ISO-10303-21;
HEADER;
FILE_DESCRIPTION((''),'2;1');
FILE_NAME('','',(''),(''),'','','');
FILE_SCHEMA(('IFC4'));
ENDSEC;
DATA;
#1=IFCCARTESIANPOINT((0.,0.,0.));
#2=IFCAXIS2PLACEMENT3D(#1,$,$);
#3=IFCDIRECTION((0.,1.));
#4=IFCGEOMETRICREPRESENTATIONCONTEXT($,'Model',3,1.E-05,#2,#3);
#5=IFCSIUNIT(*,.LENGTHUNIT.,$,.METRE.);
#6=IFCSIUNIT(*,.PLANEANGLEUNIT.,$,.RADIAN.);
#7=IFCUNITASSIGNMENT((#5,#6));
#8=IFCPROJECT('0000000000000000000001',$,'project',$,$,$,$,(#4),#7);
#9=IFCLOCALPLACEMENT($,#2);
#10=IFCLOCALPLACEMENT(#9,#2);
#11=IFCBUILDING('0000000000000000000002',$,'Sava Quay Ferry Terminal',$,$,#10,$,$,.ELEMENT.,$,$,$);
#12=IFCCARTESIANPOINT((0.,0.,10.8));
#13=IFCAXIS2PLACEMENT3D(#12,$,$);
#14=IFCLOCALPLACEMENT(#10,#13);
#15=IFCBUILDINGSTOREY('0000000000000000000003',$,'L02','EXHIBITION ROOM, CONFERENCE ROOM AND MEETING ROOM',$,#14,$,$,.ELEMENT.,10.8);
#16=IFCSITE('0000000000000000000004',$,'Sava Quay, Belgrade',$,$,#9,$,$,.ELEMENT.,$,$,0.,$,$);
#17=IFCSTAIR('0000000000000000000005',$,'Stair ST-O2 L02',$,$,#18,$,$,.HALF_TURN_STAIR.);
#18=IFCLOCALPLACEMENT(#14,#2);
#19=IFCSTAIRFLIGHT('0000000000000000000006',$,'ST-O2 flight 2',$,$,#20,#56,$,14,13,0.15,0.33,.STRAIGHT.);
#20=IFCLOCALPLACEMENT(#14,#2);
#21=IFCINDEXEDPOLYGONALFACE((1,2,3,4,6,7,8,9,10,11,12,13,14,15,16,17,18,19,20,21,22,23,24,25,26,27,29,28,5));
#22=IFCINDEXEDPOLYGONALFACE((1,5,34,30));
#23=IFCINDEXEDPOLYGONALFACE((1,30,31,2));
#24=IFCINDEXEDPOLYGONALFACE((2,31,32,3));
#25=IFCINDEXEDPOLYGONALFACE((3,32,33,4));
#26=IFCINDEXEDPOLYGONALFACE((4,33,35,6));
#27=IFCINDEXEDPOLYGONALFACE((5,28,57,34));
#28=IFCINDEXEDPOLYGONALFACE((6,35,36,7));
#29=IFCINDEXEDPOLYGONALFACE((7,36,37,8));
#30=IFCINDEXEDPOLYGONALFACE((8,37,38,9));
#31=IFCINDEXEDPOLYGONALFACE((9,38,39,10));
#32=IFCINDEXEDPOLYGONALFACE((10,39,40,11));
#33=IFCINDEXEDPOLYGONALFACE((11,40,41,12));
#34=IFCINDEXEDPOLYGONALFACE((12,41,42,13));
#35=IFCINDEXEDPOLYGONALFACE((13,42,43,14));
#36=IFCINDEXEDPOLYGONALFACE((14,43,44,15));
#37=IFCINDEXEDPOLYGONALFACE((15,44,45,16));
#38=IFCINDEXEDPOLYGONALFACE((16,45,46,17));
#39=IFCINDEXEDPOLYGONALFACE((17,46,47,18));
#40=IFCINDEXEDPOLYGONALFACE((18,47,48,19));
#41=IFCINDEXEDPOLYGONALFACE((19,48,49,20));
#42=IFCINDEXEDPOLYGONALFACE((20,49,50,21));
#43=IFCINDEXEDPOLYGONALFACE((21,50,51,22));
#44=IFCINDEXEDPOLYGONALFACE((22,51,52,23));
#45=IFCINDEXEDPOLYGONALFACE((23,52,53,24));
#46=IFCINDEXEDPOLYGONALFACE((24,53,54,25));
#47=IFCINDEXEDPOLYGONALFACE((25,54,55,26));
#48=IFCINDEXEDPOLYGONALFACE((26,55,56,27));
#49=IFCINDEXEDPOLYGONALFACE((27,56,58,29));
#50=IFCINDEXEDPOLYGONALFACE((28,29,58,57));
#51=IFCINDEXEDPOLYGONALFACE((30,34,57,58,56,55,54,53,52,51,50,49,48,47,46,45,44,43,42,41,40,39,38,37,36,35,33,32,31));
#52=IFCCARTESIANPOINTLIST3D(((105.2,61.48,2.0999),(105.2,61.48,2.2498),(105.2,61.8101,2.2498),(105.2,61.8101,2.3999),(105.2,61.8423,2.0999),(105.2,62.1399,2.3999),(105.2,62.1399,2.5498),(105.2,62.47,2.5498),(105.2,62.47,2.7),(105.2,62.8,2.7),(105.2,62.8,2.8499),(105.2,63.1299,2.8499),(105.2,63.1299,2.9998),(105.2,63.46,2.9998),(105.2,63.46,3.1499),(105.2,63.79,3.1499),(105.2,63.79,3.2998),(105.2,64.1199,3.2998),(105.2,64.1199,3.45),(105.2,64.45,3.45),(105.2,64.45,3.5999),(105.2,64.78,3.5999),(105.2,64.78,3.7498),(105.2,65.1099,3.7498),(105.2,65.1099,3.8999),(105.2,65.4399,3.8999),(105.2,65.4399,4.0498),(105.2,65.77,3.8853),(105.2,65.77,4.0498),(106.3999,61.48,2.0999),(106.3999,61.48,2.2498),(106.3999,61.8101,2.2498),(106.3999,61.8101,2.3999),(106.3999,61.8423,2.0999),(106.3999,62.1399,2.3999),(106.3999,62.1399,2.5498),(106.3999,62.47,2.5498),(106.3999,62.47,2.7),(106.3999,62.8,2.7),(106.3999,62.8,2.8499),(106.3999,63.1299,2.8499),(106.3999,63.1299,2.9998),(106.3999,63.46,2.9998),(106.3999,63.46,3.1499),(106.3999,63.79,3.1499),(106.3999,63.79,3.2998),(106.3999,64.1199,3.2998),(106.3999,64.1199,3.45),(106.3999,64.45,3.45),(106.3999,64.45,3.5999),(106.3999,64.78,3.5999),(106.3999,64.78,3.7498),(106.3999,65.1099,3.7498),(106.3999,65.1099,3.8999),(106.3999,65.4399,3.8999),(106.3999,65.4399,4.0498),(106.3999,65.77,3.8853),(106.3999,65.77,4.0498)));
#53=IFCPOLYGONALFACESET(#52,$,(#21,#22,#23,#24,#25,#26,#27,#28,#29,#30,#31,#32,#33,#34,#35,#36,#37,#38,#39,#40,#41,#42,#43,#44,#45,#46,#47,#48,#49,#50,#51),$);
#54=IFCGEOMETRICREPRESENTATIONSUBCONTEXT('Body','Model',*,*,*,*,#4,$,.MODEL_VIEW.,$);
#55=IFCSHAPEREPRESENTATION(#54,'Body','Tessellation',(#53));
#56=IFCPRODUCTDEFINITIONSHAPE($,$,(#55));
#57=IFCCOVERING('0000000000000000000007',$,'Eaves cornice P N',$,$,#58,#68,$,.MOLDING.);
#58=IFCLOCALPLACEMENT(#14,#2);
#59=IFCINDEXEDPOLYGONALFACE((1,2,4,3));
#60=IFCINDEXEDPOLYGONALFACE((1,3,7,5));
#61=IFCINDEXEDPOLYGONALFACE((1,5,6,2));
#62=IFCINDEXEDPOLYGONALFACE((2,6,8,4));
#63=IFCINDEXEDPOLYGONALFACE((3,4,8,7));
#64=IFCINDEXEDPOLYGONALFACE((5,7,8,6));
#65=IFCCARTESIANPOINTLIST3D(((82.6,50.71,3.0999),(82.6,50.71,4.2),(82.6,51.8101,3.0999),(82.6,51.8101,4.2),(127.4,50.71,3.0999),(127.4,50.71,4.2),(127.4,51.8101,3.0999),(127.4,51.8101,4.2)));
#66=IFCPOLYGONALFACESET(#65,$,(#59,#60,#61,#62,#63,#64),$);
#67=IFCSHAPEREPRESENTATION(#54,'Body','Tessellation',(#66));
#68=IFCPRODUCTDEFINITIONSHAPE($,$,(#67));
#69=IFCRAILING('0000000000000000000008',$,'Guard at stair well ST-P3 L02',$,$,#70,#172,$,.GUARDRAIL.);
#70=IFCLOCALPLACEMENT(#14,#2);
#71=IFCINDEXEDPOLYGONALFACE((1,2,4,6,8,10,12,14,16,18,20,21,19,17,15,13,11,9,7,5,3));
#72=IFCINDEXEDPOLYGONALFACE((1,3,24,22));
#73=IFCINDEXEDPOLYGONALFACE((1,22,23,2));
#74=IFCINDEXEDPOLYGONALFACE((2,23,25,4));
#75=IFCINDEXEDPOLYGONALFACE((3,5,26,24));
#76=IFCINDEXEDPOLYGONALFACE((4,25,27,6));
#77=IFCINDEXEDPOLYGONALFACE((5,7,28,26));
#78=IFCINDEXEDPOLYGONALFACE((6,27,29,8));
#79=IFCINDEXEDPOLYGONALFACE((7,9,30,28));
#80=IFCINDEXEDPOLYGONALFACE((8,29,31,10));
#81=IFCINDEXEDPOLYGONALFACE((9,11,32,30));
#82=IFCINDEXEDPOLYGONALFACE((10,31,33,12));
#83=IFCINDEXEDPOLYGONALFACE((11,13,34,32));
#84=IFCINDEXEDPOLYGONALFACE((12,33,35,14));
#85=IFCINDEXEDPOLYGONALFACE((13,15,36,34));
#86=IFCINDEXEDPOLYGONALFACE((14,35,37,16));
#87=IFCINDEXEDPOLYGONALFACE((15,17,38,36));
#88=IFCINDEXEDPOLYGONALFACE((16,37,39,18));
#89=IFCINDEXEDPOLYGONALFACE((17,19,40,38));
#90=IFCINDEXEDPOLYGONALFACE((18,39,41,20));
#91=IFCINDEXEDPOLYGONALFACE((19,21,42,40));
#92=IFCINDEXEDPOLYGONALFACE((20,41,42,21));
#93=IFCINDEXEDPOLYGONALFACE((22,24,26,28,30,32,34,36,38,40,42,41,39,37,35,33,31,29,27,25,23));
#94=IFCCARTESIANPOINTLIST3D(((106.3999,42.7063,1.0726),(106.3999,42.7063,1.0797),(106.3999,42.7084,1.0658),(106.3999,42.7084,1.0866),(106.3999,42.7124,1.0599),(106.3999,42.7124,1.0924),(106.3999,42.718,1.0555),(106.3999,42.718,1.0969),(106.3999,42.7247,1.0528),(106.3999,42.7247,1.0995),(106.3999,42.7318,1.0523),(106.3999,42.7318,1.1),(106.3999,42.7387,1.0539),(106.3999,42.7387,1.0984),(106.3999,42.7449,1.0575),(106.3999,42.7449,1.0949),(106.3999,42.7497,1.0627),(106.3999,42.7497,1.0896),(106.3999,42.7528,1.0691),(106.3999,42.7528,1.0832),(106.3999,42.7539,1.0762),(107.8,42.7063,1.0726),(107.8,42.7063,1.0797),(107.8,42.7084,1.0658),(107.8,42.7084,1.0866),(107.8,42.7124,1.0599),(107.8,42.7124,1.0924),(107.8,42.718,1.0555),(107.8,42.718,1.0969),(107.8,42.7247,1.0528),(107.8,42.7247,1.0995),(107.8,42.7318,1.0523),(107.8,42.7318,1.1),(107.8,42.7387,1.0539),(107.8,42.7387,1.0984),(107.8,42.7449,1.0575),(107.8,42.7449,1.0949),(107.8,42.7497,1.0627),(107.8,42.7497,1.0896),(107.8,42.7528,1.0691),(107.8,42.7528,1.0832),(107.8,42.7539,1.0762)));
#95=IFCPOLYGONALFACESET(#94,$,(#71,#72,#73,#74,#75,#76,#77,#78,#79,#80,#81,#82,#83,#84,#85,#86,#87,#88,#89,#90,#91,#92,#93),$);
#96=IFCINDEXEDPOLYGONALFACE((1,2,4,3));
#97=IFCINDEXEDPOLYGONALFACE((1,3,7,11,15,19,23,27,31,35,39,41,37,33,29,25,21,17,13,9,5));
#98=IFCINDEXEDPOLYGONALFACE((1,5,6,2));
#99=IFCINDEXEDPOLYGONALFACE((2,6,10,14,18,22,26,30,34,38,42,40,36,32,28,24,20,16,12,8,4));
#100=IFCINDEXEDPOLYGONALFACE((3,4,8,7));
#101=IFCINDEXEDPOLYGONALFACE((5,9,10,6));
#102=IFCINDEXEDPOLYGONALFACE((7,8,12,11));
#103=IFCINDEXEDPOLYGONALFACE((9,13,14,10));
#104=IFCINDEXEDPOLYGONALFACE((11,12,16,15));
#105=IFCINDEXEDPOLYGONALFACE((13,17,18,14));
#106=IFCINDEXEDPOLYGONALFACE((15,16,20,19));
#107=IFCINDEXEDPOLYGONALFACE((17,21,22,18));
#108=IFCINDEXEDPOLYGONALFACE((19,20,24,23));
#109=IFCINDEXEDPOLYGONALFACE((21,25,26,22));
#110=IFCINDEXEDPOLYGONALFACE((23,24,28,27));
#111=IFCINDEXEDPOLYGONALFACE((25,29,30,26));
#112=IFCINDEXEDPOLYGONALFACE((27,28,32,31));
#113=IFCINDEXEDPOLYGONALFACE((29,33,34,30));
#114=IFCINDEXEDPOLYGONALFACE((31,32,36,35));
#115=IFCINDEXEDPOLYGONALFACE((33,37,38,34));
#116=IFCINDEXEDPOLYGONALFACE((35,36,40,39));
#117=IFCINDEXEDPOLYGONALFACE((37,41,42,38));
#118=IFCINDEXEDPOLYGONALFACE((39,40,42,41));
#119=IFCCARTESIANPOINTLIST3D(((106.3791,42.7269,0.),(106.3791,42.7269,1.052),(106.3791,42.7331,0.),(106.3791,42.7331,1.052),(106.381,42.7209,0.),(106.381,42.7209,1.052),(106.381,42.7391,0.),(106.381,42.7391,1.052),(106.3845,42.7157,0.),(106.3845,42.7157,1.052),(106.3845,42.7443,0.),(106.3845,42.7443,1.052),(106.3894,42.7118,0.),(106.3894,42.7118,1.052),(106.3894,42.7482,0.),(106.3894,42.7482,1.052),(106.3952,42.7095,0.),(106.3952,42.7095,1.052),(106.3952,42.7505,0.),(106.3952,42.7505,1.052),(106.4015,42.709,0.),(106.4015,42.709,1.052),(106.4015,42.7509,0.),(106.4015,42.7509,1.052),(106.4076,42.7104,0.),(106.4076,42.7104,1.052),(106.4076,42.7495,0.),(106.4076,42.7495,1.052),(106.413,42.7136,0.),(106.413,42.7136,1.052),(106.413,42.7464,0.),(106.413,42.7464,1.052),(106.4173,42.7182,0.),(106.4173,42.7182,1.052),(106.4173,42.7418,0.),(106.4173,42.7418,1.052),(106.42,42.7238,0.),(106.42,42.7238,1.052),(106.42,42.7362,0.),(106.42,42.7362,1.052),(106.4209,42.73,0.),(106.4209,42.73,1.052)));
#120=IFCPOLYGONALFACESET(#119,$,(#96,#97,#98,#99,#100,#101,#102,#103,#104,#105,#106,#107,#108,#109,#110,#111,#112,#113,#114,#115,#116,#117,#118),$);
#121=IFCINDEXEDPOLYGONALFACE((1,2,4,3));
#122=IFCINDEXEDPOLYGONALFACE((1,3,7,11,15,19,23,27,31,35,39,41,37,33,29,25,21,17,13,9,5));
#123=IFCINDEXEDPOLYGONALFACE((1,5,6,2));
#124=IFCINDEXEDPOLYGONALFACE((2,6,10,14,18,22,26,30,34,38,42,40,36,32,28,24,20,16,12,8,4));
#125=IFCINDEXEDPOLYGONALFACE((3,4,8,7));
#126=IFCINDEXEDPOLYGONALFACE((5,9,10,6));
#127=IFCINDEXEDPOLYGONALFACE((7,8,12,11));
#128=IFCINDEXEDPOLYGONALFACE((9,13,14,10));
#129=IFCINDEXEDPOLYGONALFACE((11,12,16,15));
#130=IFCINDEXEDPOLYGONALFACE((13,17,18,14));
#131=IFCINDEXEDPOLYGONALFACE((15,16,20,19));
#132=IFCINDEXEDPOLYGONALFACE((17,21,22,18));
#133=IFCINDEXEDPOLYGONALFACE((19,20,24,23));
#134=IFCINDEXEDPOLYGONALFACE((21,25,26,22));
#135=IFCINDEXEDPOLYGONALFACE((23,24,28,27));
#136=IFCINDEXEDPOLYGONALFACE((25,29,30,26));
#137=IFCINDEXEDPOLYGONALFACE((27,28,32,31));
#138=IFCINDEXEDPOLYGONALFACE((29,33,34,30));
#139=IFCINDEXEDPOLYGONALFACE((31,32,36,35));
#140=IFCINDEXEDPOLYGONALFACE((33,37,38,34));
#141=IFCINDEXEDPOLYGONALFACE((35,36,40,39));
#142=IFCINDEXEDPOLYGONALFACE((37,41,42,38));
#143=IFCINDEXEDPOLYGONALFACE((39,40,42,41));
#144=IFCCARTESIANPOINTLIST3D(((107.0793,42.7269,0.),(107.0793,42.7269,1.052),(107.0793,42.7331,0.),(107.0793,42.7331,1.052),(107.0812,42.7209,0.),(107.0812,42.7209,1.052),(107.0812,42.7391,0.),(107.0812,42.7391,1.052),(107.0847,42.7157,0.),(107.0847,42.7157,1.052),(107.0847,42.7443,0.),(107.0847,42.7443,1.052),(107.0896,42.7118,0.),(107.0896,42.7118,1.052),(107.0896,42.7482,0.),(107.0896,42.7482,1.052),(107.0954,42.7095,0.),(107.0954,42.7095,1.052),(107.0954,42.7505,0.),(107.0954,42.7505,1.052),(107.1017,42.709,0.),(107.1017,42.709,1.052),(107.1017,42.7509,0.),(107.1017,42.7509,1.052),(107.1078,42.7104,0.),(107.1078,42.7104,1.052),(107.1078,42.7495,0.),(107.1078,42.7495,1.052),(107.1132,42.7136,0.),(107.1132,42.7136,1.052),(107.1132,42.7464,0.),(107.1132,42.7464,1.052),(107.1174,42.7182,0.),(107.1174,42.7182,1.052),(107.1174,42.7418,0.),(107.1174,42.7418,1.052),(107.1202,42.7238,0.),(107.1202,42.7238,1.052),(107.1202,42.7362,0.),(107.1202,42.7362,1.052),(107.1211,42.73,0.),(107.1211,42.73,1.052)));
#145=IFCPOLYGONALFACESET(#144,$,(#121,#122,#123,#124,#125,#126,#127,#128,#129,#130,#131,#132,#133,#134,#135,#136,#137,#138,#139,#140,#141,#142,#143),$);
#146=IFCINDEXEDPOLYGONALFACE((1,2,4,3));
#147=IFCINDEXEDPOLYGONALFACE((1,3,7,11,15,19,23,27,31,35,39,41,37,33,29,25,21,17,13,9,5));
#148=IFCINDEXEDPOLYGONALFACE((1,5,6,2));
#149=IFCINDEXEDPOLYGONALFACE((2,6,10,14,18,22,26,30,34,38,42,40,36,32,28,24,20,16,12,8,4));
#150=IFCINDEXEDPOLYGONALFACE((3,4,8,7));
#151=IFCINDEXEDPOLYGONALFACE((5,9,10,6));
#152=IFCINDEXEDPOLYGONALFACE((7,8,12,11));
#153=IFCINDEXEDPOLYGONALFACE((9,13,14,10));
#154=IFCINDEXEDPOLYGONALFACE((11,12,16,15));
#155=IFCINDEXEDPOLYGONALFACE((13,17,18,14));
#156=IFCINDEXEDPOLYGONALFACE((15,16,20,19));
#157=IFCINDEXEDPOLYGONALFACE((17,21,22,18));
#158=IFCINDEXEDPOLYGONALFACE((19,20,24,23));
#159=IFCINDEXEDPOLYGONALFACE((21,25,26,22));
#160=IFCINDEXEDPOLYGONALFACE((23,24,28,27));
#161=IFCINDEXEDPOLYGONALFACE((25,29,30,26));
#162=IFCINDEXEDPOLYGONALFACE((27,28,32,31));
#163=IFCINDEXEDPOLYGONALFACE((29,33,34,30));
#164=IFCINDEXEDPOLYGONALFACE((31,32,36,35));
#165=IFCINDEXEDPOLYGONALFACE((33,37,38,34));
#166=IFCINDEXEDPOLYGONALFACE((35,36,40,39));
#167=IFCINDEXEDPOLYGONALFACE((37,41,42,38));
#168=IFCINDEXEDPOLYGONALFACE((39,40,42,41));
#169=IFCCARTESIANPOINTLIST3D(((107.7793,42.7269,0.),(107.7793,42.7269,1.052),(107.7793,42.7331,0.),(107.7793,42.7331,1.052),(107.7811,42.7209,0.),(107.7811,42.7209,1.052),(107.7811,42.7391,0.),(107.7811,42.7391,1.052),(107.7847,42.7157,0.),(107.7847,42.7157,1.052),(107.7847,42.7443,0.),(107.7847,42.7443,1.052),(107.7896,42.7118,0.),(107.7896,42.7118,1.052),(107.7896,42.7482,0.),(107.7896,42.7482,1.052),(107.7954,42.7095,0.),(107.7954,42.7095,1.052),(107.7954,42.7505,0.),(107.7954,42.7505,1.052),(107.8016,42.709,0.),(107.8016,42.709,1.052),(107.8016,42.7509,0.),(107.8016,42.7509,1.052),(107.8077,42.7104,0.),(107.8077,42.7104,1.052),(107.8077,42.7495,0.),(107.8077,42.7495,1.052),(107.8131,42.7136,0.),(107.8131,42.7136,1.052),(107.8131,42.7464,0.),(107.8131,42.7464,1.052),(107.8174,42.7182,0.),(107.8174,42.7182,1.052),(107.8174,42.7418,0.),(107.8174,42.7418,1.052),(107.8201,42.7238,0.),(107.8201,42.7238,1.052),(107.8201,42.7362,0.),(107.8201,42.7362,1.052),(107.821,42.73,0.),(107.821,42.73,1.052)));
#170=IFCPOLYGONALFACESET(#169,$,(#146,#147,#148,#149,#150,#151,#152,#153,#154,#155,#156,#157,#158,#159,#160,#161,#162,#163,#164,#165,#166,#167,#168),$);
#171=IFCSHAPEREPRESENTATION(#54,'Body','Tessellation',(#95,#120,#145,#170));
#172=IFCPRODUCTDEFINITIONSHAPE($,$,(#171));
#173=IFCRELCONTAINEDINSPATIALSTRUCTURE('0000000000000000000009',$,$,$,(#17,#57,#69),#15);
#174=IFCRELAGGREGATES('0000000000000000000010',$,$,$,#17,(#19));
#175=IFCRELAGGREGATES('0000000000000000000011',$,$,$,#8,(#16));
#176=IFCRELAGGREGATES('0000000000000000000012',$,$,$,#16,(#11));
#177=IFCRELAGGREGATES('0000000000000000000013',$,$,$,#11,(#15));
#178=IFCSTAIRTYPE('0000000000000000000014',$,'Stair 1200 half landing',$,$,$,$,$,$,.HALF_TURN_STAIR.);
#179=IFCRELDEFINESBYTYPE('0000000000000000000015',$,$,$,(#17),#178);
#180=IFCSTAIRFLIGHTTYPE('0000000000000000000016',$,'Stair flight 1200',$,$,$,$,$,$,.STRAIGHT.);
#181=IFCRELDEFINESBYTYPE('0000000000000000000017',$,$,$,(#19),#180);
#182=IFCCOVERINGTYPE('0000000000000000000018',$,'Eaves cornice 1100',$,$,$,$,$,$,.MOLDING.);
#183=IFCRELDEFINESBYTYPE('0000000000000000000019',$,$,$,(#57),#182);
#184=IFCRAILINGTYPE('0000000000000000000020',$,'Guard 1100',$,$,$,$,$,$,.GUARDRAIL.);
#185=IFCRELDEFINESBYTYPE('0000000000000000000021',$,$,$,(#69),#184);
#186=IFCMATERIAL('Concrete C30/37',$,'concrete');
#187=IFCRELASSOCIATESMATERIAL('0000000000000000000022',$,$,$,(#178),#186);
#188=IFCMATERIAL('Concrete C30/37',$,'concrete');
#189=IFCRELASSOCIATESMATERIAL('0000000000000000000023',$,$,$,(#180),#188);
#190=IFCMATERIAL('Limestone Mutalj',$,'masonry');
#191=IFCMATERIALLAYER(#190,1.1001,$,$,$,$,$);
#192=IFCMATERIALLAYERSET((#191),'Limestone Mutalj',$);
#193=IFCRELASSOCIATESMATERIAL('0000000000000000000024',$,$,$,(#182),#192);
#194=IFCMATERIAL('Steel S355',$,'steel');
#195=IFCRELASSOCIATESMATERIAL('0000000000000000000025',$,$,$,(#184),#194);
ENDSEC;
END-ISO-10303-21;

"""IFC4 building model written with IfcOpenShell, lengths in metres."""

from ifc_helpers import new_model, si_unit, direction, frame, origin, origin_2d, place, context, subcontext, project, spatial, polyline, rectangle, circle, outline, extrude, material, layer, layer_set, type_object, element, aggregate, save


model = new_model("IFC4")

# Units and contexts
model_context = context("Model", 3, precision=1e-05, world=origin(), true_north=direction((0.0, 1.0)))
body_context = subcontext(model_context, "Body", "Model", "MODEL_VIEW")
ifc_project = project(units=[si_unit("LENGTHUNIT", "METRE"), si_unit("PLANEANGLEUNIT", "RADIAN")], contexts=[model_context])

# Site, building, storey
site_placement = place(None, origin())
site = spatial("IfcSite", under=ifc_project, at=site_placement, Name="Sava Quay, Belgrade", CompositionType="ELEMENT", RefElevation=0.0)
building_placement = place(site_placement, origin())
building = spatial("IfcBuilding", under=site, at=building_placement, Name="Sava Quay Ferry Terminal", CompositionType="ELEMENT")
storey_placement = place(building_placement, frame((0.0, 0.0, 10.8)))
storey = spatial("IfcBuildingStorey", under=building, at=storey_placement, Name="L02", Description="EXHIBITION ROOM, CONFERENCE ROOM AND MEETING ROOM", CompositionType="ELEMENT", Elevation=10.8)

# Shared definitions
ifc_material_1 = material(Name="Concrete C30/37", Category="concrete")
stair_type = type_object("IfcStairType", Name="Stair 1200 half landing", PredefinedType="HALF_TURN_STAIR", material=ifc_material_1)
ifc_material_2 = material(Name="Concrete C30/37", Category="concrete")
stair_flight_type = type_object("IfcStairFlightType", Name="Stair flight 1200", PredefinedType="STRAIGHT", material=ifc_material_2)

# Stair, stair flight
stair_1_placement = place(storey_placement, origin())
stair_1 = element("IfcStair", 1, at=stair_1_placement, inside=storey, type_object=stair_type, Name="Stair ST-O2 L02", PredefinedType="HALF_TURN_STAIR")
stair_flight_1_placement = place(storey_placement, frame((105.8, 61.48, 2.0999), z_axis=(0.0, 0.0, 1.0), x_axis=(0.0, 1.0, 0.0)))
stair_flight_1 = element("IfcStairFlight", 2, at=stair_flight_1_placement, type_object=stair_flight_type, Name="ST-O2 flight 2", NumberOfRisers=14, NumberOfTreads=13, PredefinedType="STRAIGHT", RiserHeight=0.15, TreadLength=0.33, context=body_context, shape_type="SweptSolid", body=[
    extrude(outline(polyline([(0.0, 0.0), (0.0, 0.1499), (0.3301, 0.1499), (0.3301, 0.3), (0.6599, 0.3), (0.6599, 0.45), (0.99, 0.45), (0.99, 0.6001), (1.3201, 0.6001), (1.3201, 0.75), (1.6499, 0.75), (1.6499, 0.8999), (1.98, 0.8999), (1.98, 1.05), (2.3101, 1.05), (2.3101, 1.2), (2.6399, 1.2), (2.6399, 1.3501), (2.97, 1.3501), (2.97, 1.5), (3.3, 1.5), (3.3, 1.6499), (3.6299, 1.6499), (3.6299, 1.8), (3.96, 1.8), (3.96, 1.95), (4.29, 1.95), (4.29, 2.1001), (4.29, 1.7854), (0.3623, 0.0), (0.0, 0.0)])), frame((0.0, 0.6001, 0.0), z_axis=(0.0, -1.0, 0.0), x_axis=(1.0, 0.0, 0.0)), (0.0, 0.0, 1.0), 1.2),
])
aggregate(stair_1, [stair_flight_1])

# Covering
ifc_material_3 = material(Name="Limestone Mutalj", Category="masonry")
ifc_layer_1 = layer(ifc_material_3, 1.1001)
ifc_layer_set_1 = layer_set([ifc_layer_1], Name="Limestone Mutalj")
covering_type_1 = type_object("IfcCoveringType", Name="Eaves cornice 1100", PredefinedType="MOLDING", material=ifc_layer_set_1)
covering_1_placement = place(storey_placement, frame((105.0, 51.26, 3.0999), z_axis=(0.0, 0.0, 1.0), x_axis=(1.0, 0.0, 0.0)))
element("IfcCovering", 3, at=covering_1_placement, inside=storey, type_object=covering_type_1, Name="Eaves cornice P N", PredefinedType="MOLDING", context=body_context, shape_type="SweptSolid", body=[
    extrude(rectangle(XDim=44.8, YDim=1.1001, at=origin_2d()), origin(), (0.0, 0.0, 1.0), 1.1001),
])

# Railing
ifc_material_4 = material(Name="Steel S355", Category="steel")
railing_type_1 = type_object("IfcRailingType", Name="Guard 1100", PredefinedType="GUARDRAIL", material=ifc_material_4)
railing_1_placement = place(storey_placement, frame((106.3999, 42.73, 0.0)))
element("IfcRailing", 4, at=railing_1_placement, inside=storey, type_object=railing_type_1, Name="Guard at stair well ST-P3 L02", PredefinedType="GUARDRAIL", context=body_context, shape_type="SweptSolid", body=[
    extrude(circle(Radius=0.0239, at=origin_2d()), frame((0.0, 0.0, 1.0762), z_axis=(1.0, 0.0, 0.0), x_axis=(0.0, 1.0, 0.0)), (0.0, 0.0, 1.0), 1.4001),
    extrude(circle(Radius=0.021, at=origin_2d()), origin(), (0.0, 0.0, 1.0), 1.052),
    extrude(circle(Radius=0.021, at=origin_2d()), frame((0.7002, 0.0, 0.0)), (0.0, 0.0, 1.0), 1.052),
    extrude(circle(Radius=0.021, at=origin_2d()), frame((1.4001, 0.0, 0.0)), (0.0, 0.0, 1.0), 1.052),
])

save(model, "model.ifc")
